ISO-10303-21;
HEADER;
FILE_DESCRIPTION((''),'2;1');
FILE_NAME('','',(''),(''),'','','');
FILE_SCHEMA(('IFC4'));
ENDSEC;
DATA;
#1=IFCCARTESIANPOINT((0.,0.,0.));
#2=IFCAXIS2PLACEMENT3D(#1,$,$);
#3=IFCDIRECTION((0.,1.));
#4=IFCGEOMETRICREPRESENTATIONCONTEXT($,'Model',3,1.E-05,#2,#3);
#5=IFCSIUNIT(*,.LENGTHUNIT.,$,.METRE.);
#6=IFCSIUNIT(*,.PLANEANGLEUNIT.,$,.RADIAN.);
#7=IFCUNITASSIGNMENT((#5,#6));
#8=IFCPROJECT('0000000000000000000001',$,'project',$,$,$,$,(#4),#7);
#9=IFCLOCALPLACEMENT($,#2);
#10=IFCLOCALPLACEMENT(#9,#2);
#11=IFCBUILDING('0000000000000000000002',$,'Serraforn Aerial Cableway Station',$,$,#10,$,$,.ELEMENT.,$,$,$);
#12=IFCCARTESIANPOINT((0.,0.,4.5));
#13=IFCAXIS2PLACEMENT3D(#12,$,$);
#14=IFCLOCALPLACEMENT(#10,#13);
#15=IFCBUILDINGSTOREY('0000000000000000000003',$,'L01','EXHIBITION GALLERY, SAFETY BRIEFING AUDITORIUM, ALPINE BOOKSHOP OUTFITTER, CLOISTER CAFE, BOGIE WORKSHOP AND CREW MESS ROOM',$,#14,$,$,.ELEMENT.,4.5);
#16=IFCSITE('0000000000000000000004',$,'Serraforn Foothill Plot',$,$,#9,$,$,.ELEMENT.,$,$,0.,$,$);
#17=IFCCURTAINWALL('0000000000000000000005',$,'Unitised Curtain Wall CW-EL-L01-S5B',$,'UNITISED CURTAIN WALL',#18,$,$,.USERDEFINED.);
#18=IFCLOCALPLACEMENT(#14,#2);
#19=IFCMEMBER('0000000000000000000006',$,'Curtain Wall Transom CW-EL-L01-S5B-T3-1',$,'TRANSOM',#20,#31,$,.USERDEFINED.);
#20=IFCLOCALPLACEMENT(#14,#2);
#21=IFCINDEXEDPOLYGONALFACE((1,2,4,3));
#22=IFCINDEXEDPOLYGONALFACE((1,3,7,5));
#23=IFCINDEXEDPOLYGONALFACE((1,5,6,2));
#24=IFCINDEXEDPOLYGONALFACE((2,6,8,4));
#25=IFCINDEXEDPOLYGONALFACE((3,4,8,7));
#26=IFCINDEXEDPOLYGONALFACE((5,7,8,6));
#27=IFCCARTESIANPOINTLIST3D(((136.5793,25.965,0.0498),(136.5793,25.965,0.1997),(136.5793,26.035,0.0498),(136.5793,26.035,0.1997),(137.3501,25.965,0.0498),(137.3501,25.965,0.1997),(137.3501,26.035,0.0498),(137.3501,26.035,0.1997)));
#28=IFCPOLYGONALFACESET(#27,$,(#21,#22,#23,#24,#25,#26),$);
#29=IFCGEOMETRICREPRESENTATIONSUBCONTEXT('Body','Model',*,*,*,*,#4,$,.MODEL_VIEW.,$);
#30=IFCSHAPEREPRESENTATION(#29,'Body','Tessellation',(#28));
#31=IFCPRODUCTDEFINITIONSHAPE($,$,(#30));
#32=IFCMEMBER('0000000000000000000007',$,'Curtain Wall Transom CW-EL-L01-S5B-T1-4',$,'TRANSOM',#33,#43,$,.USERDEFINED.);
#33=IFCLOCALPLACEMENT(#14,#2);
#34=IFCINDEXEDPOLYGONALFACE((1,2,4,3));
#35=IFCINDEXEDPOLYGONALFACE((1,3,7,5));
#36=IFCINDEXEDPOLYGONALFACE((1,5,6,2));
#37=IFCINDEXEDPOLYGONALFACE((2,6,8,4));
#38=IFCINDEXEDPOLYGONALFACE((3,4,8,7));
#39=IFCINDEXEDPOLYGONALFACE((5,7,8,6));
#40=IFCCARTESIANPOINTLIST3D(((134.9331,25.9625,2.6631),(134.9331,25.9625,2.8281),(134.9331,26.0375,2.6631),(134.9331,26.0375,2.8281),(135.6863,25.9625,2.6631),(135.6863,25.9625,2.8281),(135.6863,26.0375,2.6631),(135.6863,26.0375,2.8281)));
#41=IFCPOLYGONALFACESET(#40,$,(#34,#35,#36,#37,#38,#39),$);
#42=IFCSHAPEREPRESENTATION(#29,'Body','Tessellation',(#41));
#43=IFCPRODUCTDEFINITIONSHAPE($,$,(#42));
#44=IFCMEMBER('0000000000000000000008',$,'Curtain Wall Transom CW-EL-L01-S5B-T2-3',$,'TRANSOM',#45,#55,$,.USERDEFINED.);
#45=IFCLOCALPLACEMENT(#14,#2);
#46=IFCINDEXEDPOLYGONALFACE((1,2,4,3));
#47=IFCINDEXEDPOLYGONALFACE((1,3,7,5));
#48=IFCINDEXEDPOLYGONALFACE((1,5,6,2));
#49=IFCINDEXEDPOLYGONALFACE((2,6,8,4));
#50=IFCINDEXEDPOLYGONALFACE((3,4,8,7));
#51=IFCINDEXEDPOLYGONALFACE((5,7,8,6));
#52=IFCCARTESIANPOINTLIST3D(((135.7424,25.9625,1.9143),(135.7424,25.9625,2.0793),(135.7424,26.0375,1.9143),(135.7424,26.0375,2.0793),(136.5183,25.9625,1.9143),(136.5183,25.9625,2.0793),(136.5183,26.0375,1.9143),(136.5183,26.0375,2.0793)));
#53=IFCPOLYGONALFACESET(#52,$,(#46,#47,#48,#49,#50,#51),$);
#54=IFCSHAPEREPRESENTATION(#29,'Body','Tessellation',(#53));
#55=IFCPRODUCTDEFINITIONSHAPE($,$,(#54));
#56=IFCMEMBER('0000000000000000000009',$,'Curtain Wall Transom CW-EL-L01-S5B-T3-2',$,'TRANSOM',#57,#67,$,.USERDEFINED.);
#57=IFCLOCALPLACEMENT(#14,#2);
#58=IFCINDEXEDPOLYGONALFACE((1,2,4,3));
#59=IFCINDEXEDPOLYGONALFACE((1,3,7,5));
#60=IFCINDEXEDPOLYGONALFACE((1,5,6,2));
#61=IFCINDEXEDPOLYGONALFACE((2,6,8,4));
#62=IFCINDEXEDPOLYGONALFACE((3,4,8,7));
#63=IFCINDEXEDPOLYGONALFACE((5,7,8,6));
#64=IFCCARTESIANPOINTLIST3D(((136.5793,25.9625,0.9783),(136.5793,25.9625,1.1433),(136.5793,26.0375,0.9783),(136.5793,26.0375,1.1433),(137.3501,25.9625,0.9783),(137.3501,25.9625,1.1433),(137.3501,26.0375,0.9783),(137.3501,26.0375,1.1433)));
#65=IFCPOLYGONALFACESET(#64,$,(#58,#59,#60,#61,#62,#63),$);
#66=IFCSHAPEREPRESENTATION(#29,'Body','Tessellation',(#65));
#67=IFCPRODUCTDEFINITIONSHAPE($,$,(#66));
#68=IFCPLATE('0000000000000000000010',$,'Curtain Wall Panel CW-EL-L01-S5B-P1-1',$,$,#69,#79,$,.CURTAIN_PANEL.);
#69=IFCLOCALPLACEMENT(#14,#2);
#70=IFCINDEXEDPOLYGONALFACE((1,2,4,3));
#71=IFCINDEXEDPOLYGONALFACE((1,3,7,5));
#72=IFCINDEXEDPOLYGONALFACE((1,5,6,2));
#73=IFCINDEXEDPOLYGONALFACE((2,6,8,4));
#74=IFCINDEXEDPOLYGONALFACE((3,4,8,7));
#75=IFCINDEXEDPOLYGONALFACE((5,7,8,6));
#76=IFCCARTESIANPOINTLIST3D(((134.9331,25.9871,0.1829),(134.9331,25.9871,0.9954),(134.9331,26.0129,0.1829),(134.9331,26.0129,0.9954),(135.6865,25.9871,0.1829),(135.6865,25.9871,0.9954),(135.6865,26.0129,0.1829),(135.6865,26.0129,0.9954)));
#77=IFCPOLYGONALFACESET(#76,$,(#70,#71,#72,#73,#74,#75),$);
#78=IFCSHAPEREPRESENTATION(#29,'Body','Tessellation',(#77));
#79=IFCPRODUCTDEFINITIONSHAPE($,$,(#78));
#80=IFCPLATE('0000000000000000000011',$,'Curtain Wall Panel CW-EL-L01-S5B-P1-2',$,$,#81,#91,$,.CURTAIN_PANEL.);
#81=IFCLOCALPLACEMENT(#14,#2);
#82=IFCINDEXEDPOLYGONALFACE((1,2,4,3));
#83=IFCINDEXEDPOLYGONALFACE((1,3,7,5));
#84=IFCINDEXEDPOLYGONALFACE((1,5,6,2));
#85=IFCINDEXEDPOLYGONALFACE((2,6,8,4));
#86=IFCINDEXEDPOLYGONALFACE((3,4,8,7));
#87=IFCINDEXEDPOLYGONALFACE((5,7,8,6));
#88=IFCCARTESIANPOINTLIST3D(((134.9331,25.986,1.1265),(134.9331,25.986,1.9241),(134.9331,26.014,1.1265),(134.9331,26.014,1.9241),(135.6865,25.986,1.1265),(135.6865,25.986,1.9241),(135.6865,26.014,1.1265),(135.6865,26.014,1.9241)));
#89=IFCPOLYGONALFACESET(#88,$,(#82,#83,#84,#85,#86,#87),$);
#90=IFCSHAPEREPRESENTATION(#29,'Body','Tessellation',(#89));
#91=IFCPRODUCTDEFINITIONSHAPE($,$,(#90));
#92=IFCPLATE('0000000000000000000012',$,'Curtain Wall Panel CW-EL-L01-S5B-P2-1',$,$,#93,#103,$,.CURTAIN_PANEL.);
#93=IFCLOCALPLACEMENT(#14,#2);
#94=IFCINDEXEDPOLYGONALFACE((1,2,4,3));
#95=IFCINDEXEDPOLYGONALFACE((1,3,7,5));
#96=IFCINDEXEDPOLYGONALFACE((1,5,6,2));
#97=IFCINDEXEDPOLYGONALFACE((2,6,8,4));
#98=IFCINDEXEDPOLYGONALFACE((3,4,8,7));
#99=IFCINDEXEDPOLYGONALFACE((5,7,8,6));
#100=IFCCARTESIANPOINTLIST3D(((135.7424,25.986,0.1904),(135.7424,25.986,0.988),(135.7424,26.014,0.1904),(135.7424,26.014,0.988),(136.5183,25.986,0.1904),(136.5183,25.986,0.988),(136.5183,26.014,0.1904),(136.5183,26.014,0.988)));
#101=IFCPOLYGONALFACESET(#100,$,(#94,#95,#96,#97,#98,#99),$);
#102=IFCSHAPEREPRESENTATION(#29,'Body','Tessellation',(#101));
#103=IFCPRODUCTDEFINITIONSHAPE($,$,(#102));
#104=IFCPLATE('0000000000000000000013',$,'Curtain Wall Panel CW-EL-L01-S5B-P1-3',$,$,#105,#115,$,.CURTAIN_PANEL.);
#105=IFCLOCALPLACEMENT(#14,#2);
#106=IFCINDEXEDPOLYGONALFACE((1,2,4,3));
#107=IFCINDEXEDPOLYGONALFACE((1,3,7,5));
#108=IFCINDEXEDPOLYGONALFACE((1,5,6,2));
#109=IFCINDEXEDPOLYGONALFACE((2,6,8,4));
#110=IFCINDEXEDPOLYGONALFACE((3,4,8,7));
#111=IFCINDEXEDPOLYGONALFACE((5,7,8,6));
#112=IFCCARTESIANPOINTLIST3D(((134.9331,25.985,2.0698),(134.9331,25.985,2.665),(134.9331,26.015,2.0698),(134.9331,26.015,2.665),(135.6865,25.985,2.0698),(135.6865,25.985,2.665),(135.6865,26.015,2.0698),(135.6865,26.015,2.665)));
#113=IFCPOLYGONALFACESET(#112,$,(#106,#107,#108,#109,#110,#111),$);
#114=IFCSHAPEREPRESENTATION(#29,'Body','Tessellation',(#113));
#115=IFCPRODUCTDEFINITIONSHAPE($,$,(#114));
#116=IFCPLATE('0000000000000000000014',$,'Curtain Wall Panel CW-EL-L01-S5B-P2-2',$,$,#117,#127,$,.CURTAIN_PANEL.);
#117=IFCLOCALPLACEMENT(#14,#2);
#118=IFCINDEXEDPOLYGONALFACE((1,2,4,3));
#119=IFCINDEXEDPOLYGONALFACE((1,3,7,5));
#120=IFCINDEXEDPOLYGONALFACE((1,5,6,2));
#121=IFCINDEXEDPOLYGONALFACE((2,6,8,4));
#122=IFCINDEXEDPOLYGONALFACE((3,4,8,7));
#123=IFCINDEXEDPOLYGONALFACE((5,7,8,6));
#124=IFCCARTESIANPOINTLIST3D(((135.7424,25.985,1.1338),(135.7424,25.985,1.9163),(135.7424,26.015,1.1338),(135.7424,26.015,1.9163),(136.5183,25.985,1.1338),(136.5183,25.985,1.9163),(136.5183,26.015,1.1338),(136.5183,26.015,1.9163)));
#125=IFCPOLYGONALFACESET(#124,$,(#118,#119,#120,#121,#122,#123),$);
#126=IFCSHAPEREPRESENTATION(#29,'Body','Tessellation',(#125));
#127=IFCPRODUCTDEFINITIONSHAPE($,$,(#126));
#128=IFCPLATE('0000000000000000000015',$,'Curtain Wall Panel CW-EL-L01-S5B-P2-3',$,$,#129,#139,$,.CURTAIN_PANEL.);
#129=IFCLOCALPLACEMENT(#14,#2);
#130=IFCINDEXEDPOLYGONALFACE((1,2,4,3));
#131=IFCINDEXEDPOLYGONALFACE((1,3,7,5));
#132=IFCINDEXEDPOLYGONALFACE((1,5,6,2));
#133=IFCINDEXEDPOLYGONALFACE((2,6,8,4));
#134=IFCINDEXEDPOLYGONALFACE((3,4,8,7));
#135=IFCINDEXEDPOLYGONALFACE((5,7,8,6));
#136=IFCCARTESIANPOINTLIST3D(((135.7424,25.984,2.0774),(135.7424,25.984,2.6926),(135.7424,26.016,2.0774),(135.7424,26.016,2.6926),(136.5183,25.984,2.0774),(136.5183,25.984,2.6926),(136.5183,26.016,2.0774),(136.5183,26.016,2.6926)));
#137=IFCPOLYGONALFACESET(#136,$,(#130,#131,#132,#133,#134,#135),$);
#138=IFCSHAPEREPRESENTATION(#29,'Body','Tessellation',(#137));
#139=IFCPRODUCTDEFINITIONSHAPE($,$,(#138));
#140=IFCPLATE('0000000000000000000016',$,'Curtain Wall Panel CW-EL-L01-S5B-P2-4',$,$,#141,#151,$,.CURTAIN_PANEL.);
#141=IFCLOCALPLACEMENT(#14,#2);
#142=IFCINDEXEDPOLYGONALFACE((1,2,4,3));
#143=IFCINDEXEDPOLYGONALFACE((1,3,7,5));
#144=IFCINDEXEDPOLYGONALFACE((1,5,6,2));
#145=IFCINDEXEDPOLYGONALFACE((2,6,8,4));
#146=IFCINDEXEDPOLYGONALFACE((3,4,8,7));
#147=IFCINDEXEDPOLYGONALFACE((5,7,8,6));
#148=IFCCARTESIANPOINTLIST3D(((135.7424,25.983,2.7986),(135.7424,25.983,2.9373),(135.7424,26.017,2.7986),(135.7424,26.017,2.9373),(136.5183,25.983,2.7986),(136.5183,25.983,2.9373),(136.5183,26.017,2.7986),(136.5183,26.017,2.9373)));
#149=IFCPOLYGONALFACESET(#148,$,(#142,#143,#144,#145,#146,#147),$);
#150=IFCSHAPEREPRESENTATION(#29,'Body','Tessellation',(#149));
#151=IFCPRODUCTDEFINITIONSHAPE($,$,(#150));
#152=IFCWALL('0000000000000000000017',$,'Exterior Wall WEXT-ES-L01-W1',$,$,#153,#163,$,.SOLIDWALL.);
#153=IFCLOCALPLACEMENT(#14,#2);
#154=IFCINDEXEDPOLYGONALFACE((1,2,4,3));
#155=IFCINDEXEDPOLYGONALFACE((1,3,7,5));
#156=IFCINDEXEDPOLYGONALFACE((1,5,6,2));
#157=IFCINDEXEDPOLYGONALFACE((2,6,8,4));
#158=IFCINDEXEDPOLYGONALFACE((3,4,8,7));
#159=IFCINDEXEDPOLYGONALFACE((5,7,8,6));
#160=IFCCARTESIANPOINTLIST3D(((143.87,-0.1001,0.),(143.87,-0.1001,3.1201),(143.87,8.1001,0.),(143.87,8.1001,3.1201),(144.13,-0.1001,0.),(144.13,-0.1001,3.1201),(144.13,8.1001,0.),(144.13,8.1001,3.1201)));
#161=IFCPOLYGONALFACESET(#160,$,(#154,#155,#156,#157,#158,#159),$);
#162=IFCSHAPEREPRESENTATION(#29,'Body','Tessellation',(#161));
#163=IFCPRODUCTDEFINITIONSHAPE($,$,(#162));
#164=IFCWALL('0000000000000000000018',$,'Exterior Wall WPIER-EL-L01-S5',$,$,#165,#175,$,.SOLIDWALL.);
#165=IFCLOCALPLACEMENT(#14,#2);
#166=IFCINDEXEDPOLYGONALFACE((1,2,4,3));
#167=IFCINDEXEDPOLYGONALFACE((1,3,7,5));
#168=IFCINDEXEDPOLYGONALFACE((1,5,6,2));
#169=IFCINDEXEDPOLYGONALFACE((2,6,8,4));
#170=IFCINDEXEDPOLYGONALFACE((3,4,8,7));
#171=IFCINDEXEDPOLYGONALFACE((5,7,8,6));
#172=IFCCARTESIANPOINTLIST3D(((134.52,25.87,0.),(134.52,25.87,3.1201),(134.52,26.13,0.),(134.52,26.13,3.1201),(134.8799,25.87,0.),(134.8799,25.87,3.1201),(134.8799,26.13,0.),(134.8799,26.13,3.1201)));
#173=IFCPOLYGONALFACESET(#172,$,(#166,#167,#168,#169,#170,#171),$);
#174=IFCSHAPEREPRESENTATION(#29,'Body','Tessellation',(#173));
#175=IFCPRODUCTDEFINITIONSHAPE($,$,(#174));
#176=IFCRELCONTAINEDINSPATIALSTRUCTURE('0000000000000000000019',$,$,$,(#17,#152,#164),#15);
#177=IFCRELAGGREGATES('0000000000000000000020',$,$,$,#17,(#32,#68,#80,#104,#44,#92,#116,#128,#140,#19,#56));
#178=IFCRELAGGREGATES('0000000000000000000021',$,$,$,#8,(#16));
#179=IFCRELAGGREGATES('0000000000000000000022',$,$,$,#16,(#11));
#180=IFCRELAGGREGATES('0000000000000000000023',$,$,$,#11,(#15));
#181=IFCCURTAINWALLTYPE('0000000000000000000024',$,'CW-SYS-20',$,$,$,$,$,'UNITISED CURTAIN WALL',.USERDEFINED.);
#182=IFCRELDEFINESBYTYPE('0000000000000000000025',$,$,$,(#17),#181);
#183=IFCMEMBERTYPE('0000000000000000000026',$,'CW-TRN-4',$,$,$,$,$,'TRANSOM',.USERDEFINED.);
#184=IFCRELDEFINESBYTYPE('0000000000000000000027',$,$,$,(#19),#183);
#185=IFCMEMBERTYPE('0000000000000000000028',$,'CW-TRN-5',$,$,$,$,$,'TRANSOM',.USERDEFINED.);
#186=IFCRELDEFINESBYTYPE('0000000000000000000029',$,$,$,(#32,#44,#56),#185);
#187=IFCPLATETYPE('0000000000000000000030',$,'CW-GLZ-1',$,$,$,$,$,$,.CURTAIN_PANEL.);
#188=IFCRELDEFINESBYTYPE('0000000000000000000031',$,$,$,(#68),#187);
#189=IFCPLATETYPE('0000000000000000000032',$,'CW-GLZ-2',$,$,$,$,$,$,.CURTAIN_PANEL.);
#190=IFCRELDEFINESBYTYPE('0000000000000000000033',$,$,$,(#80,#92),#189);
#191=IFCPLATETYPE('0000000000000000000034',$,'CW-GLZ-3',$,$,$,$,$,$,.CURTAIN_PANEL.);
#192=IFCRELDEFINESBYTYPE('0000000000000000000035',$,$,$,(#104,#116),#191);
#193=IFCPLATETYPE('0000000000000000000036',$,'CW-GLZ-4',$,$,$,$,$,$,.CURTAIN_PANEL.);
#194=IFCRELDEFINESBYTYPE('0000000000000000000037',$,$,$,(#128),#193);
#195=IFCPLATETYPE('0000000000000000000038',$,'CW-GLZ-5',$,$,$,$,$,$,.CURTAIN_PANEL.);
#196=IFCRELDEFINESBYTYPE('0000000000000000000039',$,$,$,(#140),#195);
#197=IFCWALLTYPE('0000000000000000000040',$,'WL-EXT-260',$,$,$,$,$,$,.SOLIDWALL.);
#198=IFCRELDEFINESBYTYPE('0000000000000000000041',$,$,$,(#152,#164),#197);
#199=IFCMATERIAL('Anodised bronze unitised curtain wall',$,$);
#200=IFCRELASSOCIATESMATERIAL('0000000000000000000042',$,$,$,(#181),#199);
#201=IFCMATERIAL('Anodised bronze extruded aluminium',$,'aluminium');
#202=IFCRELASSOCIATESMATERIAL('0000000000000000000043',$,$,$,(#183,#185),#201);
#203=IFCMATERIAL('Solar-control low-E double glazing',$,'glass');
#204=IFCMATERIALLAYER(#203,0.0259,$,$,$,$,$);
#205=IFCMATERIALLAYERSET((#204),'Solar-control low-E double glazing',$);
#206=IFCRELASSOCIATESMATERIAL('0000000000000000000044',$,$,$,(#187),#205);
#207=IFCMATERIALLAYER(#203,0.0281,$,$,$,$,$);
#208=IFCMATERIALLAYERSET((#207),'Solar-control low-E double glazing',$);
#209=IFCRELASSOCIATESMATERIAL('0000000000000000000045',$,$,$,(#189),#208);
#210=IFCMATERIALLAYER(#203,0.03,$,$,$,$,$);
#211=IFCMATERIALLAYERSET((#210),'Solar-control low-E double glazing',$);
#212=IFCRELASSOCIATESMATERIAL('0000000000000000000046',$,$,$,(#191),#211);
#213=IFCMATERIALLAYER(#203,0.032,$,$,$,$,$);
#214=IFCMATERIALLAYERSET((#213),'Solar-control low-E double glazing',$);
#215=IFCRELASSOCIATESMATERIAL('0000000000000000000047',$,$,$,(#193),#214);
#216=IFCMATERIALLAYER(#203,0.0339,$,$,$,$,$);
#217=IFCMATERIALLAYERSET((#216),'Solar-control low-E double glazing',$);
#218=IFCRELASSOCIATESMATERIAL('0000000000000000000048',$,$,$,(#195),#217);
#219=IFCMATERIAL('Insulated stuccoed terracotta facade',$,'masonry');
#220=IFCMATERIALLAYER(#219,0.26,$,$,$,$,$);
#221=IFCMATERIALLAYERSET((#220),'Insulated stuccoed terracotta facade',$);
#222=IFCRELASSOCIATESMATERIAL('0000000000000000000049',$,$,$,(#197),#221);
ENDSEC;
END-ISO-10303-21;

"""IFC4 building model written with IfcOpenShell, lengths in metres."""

from ifc_helpers import new_model, si_unit, direction, frame, frame_2d, origin, origin_2d, place, context, subcontext, project, spatial, rectangle, extrude, material, layer, layer_set, material_profile, profile_set, type_object, element, aggregate, save


model = new_model("IFC4")

# Units and contexts
model_context = context("Model", 3, precision=1e-05, world=origin(), true_north=direction((0.0, 1.0)))
body_context = subcontext(model_context, "Body", "Model", "MODEL_VIEW")
ifc_project = project(units=[si_unit("LENGTHUNIT", "METRE"), si_unit("PLANEANGLEUNIT", "RADIAN")], contexts=[model_context])

# Site, building, storey
site_placement = place(None, origin())
site = spatial("IfcSite", under=ifc_project, at=site_placement, Name="Serraforn Foothill Plot", CompositionType="ELEMENT", RefElevation=0.0)
building_placement = place(site_placement, origin())
building = spatial("IfcBuilding", under=site, at=building_placement, Name="Serraforn Aerial Cableway Station", CompositionType="ELEMENT")
storey_placement = place(building_placement, frame((0.0, 0.0, 4.5)))
storey = spatial("IfcBuildingStorey", under=building, at=storey_placement, Name="L01", Description="EXHIBITION GALLERY, SAFETY BRIEFING AUDITORIUM, ALPINE BOOKSHOP OUTFITTER, CLOISTER CAFE, BOGIE WORKSHOP AND CREW MESS ROOM", CompositionType="ELEMENT", Elevation=4.5)

# Curtain wall
ifc_material_1 = material(Name="Anodised bronze unitised curtain wall")
curtain_wall_type_1 = type_object("IfcCurtainWallType", Name="CW-SYS-20", ElementType="UNITISED CURTAIN WALL", PredefinedType="USERDEFINED", material=ifc_material_1)
curtain_wall_1_placement = place(storey_placement, origin())
curtain_wall_1 = element("IfcCurtainWall", 1, at=curtain_wall_1_placement, inside=storey, type_object=curtain_wall_type_1, Name="Unitised Curtain Wall CW-EL-L01-S5B", ObjectType="UNITISED CURTAIN WALL", PredefinedType="USERDEFINED")
ifc_material_2 = material(Name="Anodised bronze extruded aluminium", Category="aluminium")

# Members
ifc_material_profile_1 = material_profile(ifc_material_2, rectangle(XDim=0.0701, YDim=0.1499, at=origin_2d()), Name="CW TRANSOM 70x150")
ifc_profile_set_1 = profile_set([ifc_material_profile_1], Name="Anodised bronze extruded aluminium")
member_type_1 = type_object("IfcMemberType", Name="CW-TRN-4", ElementType="TRANSOM", PredefinedType="USERDEFINED", material=ifc_profile_set_1)
member_1_placement = place(storey_placement, frame((136.5793, 26.0, 0.1248), z_axis=(1.0, 0.0, 0.0), x_axis=(0.0, 1.0, 0.0)))
member_1 = element("IfcMember", 2, at=member_1_placement, type_object=member_type_1, Name="Curtain Wall Transom CW-EL-L01-S5B-T3-1", ObjectType="TRANSOM", PredefinedType="USERDEFINED", context=body_context, shape_type="SweptSolid", body=[
    extrude(rectangle(XDim=0.0701, YDim=0.1499, at=origin_2d()), origin(), (0.0, 0.0, 1.0), 0.7708),
])
ifc_material_profile_2 = material_profile(ifc_material_2, rectangle(XDim=0.075, YDim=0.165, at=origin_2d()), Name="CW TRANSOM 75x165")
ifc_profile_set_2 = profile_set([ifc_material_profile_2], Name="Anodised bronze extruded aluminium")
member_type_2 = type_object("IfcMemberType", Name="CW-TRN-5", ElementType="TRANSOM", PredefinedType="USERDEFINED", material=ifc_profile_set_2)
member_2_placement = place(storey_placement, frame((134.9331, 26.0, 2.7456), z_axis=(1.0, 0.0, 0.0), x_axis=(0.0, 1.0, 0.0)))
member_2 = element("IfcMember", 3, at=member_2_placement, type_object=member_type_2, Name="Curtain Wall Transom CW-EL-L01-S5B-T1-4", ObjectType="TRANSOM", PredefinedType="USERDEFINED", context=body_context, shape_type="SweptSolid", body=[
    extrude(rectangle(XDim=0.075, YDim=0.165, at=origin_2d()), origin(), (0.0, 0.0, 1.0), 0.7532),
])
member_3_placement = place(storey_placement, frame((135.7424, 26.0, 1.9968), z_axis=(1.0, 0.0, 0.0), x_axis=(0.0, 1.0, 0.0)))
member_3 = element("IfcMember", 4, at=member_3_placement, type_object=member_type_2, Name="Curtain Wall Transom CW-EL-L01-S5B-T2-3", ObjectType="TRANSOM", PredefinedType="USERDEFINED", context=body_context, shape_type="SweptSolid", body=[
    extrude(rectangle(XDim=0.075, YDim=0.165, at=origin_2d()), origin(), (0.0, 0.0, 1.0), 0.7759),
])
member_4_placement = place(storey_placement, frame((136.5793, 26.0, 1.0608), z_axis=(1.0, 0.0, 0.0), x_axis=(0.0, 1.0, 0.0)))
member_4 = element("IfcMember", 5, at=member_4_placement, type_object=member_type_2, Name="Curtain Wall Transom CW-EL-L01-S5B-T3-2", ObjectType="TRANSOM", PredefinedType="USERDEFINED", context=body_context, shape_type="SweptSolid", body=[
    extrude(rectangle(XDim=0.075, YDim=0.165, at=origin_2d()), origin(), (0.0, 0.0, 1.0), 0.7708),
])

# Plates
ifc_material_3 = material(Name="Solar-control low-E double glazing", Category="glass")
ifc_layer_1 = layer(ifc_material_3, 0.0259)
ifc_layer_set_1 = layer_set([ifc_layer_1], Name="Solar-control low-E double glazing")
plate_type_1 = type_object("IfcPlateType", Name="CW-GLZ-1", PredefinedType="CURTAIN_PANEL", material=ifc_layer_set_1)
plate_1_placement = place(storey_placement, frame((135.3098, 26.0, 0.1829), z_axis=(0.0, 0.0, 1.0), x_axis=(1.0, 0.0, 0.0)))
plate_1 = element("IfcPlate", 6, at=plate_1_placement, type_object=plate_type_1, Name="Curtain Wall Panel CW-EL-L01-S5B-P1-1", PredefinedType="CURTAIN_PANEL", context=body_context, shape_type="SweptSolid", body=[
    extrude(rectangle(XDim=0.7534, YDim=0.0259, at=origin_2d()), origin(), (0.0, 0.0, 1.0), 0.8125),
])
ifc_layer_2 = layer(ifc_material_3, 0.0281)
ifc_layer_set_2 = layer_set([ifc_layer_2], Name="Solar-control low-E double glazing")
plate_type_2 = type_object("IfcPlateType", Name="CW-GLZ-2", PredefinedType="CURTAIN_PANEL", material=ifc_layer_set_2)
plate_2_placement = place(storey_placement, frame((135.3098, 26.0, 1.1265), z_axis=(0.0, 0.0, 1.0), x_axis=(1.0, 0.0, 0.0)))
plate_2 = element("IfcPlate", 7, at=plate_2_placement, type_object=plate_type_2, Name="Curtain Wall Panel CW-EL-L01-S5B-P1-2", PredefinedType="CURTAIN_PANEL", context=body_context, shape_type="SweptSolid", body=[
    extrude(rectangle(XDim=0.7534, YDim=0.0281, at=origin_2d()), origin(), (0.0, 0.0, 1.0), 0.7976),
])
plate_3_placement = place(storey_placement, frame((136.1304, 26.0, 0.1904), z_axis=(0.0, 0.0, 1.0), x_axis=(1.0, 0.0, 0.0)))
plate_3 = element("IfcPlate", 8, at=plate_3_placement, type_object=plate_type_2, Name="Curtain Wall Panel CW-EL-L01-S5B-P2-1", PredefinedType="CURTAIN_PANEL", context=body_context, shape_type="SweptSolid", body=[
    extrude(rectangle(XDim=0.7759, YDim=0.0281, at=origin_2d()), origin(), (0.0, 0.0, 1.0), 0.7976),
])
ifc_layer_3 = layer(ifc_material_3, 0.03)
ifc_layer_set_3 = layer_set([ifc_layer_3], Name="Solar-control low-E double glazing")
plate_type_3 = type_object("IfcPlateType", Name="CW-GLZ-3", PredefinedType="CURTAIN_PANEL", material=ifc_layer_set_3)
plate_4_placement = place(storey_placement, frame((135.3098, 26.0, 2.0698), z_axis=(0.0, 0.0, 1.0), x_axis=(1.0, 0.0, 0.0)))
plate_4 = element("IfcPlate", 9, at=plate_4_placement, type_object=plate_type_3, Name="Curtain Wall Panel CW-EL-L01-S5B-P1-3", PredefinedType="CURTAIN_PANEL", context=body_context, shape_type="SweptSolid", body=[
    extrude(rectangle(XDim=0.7534, YDim=0.03, at=origin_2d()), origin(), (0.0, 0.0, 1.0), 0.5952),
])
plate_5_placement = place(storey_placement, frame((136.1304, 26.0, 1.1338), z_axis=(0.0, 0.0, 1.0), x_axis=(1.0, 0.0, 0.0)))
plate_5 = element("IfcPlate", 10, at=plate_5_placement, type_object=plate_type_3, Name="Curtain Wall Panel CW-EL-L01-S5B-P2-2", PredefinedType="CURTAIN_PANEL", context=body_context, shape_type="SweptSolid", body=[
    extrude(rectangle(XDim=0.7759, YDim=0.03, at=origin_2d()), origin(), (0.0, 0.0, 1.0), 0.7825),
])
ifc_layer_4 = layer(ifc_material_3, 0.032)
ifc_layer_set_4 = layer_set([ifc_layer_4], Name="Solar-control low-E double glazing")
plate_type_4 = type_object("IfcPlateType", Name="CW-GLZ-4", PredefinedType="CURTAIN_PANEL", material=ifc_layer_set_4)
plate_6_placement = place(storey_placement, frame((136.1304, 26.0, 2.0774), z_axis=(0.0, 0.0, 1.0), x_axis=(1.0, 0.0, 0.0)))
plate_6 = element("IfcPlate", 11, at=plate_6_placement, type_object=plate_type_4, Name="Curtain Wall Panel CW-EL-L01-S5B-P2-3", PredefinedType="CURTAIN_PANEL", context=body_context, shape_type="SweptSolid", body=[
    extrude(rectangle(XDim=0.7759, YDim=0.032, at=origin_2d()), origin(), (0.0, 0.0, 1.0), 0.6152),
])
ifc_layer_5 = layer(ifc_material_3, 0.0339)
ifc_layer_set_5 = layer_set([ifc_layer_5], Name="Solar-control low-E double glazing")
plate_type_5 = type_object("IfcPlateType", Name="CW-GLZ-5", PredefinedType="CURTAIN_PANEL", material=ifc_layer_set_5)
plate_7_placement = place(storey_placement, frame((136.1304, 26.0, 2.7986), z_axis=(0.0, 0.0, 1.0), x_axis=(1.0, 0.0, 0.0)))
plate_7 = element("IfcPlate", 12, at=plate_7_placement, type_object=plate_type_5, Name="Curtain Wall Panel CW-EL-L01-S5B-P2-4", PredefinedType="CURTAIN_PANEL", context=body_context, shape_type="SweptSolid", body=[
    extrude(rectangle(XDim=0.7759, YDim=0.0339, at=origin_2d()), origin(), (0.0, 0.0, 1.0), 0.1387),
])
aggregate(curtain_wall_1, [member_2, plate_1, plate_2, plate_4, member_3, plate_3, plate_5, plate_6, plate_7, member_1, member_4])

# Walls
ifc_material_4 = material(Name="Insulated stuccoed terracotta facade", Category="masonry")
ifc_layer_6 = layer(ifc_material_4, 0.26)
ifc_layer_set_6 = layer_set([ifc_layer_6], Name="Insulated stuccoed terracotta facade")
wall_type_1 = type_object("IfcWallType", Name="WL-EXT-260", PredefinedType="SOLIDWALL", material=ifc_layer_set_6)
wall_1_placement = place(storey_placement, frame((144.0, 8.1001, 0.0), z_axis=(0.0, 0.0, 1.0), x_axis=(0.0, -1.0, 0.0)))
element("IfcWall", 13, at=wall_1_placement, inside=storey, type_object=wall_type_1, Name="Exterior Wall WEXT-ES-L01-W1", PredefinedType="SOLIDWALL", context=body_context, shape_type="SweptSolid", body=[
    extrude(rectangle(XDim=8.2002, YDim=0.26, at=frame_2d((4.1001, 0.0))), origin(), (0.0, 0.0, 1.0), 3.1201),
])
wall_2_placement = place(storey_placement, frame((134.52, 26.0, 0.0), z_axis=(0.0, 0.0, 1.0), x_axis=(1.0, 0.0, 0.0)))
element("IfcWall", 14, at=wall_2_placement, inside=storey, type_object=wall_type_1, Name="Exterior Wall WPIER-EL-L01-S5", PredefinedType="SOLIDWALL", context=body_context, shape_type="SweptSolid", body=[
    extrude(rectangle(XDim=0.3599, YDim=0.26, at=frame_2d((0.1799, 0.0))), origin(), (0.0, 0.0, 1.0), 3.1201),
])

save(model, "model.ifc")
